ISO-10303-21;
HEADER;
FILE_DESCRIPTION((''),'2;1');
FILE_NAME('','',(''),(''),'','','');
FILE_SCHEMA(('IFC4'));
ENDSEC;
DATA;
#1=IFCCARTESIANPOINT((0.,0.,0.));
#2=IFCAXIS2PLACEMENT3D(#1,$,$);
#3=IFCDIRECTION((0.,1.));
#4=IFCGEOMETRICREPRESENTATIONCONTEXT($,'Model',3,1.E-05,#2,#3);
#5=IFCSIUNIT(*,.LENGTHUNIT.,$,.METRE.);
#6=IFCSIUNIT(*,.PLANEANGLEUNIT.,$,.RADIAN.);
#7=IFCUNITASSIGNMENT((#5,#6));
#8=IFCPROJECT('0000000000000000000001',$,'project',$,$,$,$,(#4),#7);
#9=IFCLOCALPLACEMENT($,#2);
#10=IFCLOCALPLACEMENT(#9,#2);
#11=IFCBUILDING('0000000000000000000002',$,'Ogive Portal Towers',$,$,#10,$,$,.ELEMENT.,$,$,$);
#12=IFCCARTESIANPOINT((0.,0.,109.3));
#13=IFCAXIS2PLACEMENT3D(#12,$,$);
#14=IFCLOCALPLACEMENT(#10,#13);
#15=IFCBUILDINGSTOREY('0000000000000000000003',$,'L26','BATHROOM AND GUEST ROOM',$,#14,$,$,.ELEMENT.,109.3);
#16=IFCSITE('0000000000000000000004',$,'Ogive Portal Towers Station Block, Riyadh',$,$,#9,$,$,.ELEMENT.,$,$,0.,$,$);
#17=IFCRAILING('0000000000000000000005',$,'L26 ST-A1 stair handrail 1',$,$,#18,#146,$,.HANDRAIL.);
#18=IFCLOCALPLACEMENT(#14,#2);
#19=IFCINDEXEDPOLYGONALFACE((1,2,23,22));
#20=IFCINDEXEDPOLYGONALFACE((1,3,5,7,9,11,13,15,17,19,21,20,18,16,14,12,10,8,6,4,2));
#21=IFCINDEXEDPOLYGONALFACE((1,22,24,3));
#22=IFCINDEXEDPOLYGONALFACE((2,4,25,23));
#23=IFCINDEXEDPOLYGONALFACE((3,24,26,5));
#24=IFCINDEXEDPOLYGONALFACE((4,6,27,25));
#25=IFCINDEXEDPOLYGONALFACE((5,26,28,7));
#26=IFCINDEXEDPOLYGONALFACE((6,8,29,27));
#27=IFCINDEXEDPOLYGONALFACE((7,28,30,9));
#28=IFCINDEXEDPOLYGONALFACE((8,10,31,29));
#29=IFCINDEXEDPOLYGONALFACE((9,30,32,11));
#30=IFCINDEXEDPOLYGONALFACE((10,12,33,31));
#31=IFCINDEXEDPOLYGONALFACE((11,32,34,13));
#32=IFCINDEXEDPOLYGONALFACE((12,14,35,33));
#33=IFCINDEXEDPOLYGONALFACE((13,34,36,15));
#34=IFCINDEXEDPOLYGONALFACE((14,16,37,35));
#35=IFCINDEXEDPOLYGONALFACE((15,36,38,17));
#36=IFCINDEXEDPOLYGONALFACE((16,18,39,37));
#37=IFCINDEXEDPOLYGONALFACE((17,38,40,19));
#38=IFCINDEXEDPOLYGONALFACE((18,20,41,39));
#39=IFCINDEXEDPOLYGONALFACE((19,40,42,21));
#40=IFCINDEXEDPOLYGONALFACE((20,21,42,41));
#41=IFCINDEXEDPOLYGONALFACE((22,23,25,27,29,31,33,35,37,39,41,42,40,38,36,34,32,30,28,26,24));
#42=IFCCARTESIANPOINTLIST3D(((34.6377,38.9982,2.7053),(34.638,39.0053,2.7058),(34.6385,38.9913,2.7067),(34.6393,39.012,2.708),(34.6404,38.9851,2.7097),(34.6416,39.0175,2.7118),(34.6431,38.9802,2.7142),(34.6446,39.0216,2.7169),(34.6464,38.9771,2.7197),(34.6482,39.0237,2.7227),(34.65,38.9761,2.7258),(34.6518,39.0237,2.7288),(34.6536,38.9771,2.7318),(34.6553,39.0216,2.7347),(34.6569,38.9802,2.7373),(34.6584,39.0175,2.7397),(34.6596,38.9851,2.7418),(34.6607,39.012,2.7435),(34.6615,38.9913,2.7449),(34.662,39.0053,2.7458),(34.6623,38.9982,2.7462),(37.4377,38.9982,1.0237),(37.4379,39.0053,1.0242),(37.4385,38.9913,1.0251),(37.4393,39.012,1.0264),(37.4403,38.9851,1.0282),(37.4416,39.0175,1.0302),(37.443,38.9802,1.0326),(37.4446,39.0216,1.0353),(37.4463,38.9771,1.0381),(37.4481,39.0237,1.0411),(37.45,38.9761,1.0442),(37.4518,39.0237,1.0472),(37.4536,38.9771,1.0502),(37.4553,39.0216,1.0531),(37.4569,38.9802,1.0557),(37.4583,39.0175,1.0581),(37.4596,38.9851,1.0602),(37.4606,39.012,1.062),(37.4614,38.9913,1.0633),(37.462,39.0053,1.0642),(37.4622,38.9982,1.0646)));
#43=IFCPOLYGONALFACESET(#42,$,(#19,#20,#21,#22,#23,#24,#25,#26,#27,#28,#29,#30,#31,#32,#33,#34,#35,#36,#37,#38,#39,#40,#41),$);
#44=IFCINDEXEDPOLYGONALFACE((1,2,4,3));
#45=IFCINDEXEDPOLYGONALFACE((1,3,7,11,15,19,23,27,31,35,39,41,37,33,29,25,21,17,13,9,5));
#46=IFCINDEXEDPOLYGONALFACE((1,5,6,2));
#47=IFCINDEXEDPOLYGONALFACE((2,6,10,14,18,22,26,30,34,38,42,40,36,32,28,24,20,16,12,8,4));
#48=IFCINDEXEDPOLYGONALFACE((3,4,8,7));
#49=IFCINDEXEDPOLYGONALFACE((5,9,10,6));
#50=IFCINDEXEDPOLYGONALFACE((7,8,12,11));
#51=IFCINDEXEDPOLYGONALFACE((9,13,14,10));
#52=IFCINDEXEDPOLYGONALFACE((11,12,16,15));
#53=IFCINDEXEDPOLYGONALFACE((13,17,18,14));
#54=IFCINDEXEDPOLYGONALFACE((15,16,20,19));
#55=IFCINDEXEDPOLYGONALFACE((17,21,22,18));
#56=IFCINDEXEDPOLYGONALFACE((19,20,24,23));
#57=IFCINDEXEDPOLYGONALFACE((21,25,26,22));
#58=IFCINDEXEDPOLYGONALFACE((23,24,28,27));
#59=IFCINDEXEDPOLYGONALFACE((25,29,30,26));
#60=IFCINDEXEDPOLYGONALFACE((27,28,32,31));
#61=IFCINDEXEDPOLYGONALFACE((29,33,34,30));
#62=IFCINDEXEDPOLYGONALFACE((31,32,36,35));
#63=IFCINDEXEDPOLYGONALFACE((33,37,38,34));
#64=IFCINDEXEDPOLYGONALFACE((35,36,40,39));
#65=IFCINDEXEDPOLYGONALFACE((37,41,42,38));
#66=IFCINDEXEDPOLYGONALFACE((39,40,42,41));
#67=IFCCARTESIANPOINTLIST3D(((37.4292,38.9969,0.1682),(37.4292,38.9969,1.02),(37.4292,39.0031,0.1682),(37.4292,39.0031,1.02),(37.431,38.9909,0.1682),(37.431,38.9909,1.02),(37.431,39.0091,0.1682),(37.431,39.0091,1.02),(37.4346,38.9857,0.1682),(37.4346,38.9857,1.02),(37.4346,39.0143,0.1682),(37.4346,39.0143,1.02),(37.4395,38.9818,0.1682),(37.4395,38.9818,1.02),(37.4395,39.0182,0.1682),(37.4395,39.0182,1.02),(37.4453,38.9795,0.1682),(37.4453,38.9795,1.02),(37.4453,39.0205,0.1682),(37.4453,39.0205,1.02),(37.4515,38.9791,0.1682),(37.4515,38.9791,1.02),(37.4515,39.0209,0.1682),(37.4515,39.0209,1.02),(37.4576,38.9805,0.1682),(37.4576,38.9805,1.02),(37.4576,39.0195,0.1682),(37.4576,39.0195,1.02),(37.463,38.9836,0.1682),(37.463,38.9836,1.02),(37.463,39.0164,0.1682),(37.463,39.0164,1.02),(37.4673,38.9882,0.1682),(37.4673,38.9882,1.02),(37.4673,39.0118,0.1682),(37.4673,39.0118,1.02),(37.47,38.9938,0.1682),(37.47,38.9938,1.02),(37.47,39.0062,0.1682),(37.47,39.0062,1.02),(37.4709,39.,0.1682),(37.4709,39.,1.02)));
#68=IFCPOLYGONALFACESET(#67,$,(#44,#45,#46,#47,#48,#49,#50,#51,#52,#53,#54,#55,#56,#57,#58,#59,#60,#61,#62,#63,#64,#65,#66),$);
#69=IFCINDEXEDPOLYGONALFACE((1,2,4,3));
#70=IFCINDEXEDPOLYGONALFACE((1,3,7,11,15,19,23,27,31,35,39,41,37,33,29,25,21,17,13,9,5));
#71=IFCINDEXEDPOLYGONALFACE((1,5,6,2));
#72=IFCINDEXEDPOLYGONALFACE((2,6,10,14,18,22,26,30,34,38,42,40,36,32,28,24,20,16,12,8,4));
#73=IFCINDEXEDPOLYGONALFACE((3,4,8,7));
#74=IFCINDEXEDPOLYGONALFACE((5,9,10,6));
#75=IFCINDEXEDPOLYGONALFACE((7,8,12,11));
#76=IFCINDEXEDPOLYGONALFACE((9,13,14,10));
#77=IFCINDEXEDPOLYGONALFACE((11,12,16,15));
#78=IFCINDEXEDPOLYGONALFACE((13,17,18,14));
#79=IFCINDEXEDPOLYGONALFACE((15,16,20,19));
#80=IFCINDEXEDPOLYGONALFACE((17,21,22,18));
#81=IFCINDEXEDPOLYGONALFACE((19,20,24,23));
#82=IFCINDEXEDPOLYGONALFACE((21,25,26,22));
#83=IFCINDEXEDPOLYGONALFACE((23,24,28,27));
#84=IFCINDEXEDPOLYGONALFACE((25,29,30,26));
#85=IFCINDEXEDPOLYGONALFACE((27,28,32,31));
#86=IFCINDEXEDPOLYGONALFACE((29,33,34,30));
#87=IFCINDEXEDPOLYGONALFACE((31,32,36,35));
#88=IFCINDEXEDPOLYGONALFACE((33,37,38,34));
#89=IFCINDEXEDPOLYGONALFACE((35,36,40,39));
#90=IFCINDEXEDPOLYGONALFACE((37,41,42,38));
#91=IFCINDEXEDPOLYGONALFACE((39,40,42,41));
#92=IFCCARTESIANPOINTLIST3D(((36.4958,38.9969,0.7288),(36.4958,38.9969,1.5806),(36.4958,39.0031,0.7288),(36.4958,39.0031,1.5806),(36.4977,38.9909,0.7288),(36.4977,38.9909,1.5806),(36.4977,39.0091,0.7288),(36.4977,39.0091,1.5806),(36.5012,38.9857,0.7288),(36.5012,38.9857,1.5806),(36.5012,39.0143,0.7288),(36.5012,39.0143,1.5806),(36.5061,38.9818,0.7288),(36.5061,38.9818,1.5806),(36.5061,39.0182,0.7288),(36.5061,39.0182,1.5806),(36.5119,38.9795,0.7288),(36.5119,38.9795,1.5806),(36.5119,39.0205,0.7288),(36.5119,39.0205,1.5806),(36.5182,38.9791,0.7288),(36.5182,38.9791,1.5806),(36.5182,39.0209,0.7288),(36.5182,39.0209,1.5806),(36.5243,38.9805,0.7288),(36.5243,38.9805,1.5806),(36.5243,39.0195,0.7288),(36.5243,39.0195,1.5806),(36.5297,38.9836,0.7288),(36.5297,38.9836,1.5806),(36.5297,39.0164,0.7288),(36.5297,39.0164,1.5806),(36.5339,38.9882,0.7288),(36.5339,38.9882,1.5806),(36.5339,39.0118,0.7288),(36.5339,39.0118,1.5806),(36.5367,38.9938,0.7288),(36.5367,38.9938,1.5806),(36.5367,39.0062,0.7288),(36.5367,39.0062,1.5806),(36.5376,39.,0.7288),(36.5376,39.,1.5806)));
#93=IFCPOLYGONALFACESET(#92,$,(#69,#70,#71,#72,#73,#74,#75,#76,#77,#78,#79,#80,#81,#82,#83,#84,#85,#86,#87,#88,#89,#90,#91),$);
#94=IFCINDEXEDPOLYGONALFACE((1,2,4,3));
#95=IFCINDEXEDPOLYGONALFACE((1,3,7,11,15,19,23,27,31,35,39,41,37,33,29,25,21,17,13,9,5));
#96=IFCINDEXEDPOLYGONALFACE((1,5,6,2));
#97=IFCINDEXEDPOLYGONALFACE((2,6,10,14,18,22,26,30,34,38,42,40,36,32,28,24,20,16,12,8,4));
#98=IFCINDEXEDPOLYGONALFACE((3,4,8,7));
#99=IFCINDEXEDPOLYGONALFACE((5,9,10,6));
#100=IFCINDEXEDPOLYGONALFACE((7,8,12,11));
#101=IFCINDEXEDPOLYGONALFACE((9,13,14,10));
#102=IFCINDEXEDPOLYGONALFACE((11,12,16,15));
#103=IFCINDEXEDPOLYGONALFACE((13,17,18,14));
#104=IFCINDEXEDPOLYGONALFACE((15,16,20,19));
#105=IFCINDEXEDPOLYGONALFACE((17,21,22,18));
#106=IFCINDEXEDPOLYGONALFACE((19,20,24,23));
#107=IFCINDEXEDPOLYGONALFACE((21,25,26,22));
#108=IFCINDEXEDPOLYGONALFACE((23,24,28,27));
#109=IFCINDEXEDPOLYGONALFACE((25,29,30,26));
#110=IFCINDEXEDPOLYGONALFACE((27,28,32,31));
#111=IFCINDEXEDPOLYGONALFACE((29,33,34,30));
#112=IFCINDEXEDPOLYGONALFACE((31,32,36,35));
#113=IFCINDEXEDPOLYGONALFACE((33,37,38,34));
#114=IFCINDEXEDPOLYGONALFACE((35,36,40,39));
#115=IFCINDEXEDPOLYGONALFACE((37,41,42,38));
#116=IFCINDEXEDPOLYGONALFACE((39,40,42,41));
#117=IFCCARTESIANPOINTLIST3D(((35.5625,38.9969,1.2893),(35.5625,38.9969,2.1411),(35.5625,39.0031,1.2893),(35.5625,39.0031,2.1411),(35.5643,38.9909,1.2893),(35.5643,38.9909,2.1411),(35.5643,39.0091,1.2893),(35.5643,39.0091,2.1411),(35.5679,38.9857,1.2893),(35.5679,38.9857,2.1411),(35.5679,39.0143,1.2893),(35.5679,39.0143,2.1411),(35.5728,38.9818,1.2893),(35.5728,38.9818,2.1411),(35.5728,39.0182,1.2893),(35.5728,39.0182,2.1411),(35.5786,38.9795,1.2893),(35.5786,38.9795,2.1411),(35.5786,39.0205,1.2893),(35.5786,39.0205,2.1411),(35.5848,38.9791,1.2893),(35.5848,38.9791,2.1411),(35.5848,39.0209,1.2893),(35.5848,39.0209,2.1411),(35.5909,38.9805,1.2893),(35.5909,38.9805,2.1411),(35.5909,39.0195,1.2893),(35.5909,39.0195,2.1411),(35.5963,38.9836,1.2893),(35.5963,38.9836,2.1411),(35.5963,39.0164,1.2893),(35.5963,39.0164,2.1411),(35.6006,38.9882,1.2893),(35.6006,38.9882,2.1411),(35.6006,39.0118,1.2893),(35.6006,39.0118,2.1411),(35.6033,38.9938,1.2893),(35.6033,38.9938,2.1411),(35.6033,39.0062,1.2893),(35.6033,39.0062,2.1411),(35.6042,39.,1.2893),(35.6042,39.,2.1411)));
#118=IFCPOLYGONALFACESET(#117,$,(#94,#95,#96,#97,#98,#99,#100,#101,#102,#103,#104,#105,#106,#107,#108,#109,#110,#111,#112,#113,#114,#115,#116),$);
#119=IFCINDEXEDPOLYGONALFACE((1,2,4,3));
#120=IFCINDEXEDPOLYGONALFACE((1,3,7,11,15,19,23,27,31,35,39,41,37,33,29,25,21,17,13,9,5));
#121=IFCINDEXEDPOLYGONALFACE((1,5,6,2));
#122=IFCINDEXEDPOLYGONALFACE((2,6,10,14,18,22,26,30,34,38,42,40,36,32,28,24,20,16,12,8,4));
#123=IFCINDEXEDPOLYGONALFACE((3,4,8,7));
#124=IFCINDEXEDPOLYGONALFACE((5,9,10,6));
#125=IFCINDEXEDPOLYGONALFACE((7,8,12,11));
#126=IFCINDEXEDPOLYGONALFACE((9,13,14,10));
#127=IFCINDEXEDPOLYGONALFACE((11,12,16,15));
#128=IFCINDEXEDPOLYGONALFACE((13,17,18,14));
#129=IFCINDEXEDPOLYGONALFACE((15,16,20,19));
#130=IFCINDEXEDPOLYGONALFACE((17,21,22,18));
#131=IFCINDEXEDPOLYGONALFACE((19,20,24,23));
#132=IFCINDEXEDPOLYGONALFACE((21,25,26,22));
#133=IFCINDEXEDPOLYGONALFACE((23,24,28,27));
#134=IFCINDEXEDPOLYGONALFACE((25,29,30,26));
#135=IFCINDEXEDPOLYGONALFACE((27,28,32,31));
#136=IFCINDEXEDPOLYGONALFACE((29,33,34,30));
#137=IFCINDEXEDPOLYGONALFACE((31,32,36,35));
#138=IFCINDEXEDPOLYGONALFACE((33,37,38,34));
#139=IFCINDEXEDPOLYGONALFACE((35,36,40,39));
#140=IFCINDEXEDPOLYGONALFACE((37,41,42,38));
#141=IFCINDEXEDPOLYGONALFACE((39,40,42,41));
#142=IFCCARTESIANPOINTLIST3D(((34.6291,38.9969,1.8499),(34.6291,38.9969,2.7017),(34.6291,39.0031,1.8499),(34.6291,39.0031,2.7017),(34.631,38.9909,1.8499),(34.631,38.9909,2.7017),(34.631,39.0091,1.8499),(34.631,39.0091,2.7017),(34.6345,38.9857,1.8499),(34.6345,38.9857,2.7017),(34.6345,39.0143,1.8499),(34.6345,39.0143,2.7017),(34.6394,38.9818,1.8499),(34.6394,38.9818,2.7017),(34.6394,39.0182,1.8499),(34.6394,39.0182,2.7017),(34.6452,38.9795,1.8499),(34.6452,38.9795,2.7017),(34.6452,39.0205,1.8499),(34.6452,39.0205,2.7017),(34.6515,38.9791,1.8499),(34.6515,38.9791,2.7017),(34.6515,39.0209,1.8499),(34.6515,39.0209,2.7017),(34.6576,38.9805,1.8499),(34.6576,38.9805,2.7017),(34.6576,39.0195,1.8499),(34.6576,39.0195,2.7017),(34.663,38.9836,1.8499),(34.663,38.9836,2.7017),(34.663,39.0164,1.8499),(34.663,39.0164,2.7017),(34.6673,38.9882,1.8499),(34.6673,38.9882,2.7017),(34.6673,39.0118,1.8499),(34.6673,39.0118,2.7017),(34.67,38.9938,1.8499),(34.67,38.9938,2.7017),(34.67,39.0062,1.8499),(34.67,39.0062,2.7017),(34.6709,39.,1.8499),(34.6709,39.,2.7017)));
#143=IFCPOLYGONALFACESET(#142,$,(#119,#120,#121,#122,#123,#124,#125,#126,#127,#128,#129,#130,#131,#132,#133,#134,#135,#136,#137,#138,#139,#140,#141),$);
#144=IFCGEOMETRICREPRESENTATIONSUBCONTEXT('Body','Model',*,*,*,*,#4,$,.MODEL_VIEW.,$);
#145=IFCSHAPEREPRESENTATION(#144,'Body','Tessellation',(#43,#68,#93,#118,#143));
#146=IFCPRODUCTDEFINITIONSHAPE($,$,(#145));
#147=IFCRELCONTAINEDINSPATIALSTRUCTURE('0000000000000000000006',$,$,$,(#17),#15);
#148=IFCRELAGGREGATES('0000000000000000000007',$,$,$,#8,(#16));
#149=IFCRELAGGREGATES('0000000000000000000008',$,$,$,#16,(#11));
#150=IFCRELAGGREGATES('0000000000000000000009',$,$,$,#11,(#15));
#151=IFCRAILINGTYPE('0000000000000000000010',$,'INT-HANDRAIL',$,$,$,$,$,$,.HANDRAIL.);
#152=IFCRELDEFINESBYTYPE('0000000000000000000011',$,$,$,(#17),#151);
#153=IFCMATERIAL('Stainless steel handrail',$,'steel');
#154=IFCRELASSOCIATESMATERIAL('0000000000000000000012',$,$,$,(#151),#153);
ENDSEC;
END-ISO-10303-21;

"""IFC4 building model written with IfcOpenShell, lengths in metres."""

from ifc_helpers import new_model, si_unit, direction, frame, origin, origin_2d, place, context, subcontext, project, spatial, circle, extrude, material, type_object, element, save


model = new_model("IFC4")

# Units and contexts
model_context = context("Model", 3, precision=1e-05, world=origin(), true_north=direction((0.0, 1.0)))
body_context = subcontext(model_context, "Body", "Model", "MODEL_VIEW")
ifc_project = project(units=[si_unit("LENGTHUNIT", "METRE"), si_unit("PLANEANGLEUNIT", "RADIAN")], contexts=[model_context])

# Site, building, storey
site_placement = place(None, origin())
site = spatial("IfcSite", under=ifc_project, at=site_placement, Name="Ogive Portal Towers Station Block, Riyadh", CompositionType="ELEMENT", RefElevation=0.0)
building_placement = place(site_placement, origin())
building = spatial("IfcBuilding", under=site, at=building_placement, Name="Ogive Portal Towers", CompositionType="ELEMENT")
storey_placement = place(building_placement, frame((0.0, 0.0, 109.3)))
storey = spatial("IfcBuildingStorey", under=building, at=storey_placement, Name="L26", Description="BATHROOM AND GUEST ROOM", CompositionType="ELEMENT", Elevation=109.3)

# Railing
ifc_material_1 = material(Name="Stainless steel handrail", Category="steel")
railing_type_1 = type_object("IfcRailingType", Name="INT-HANDRAIL", PredefinedType="HANDRAIL", material=ifc_material_1)
railing_1_placement = place(storey_placement, frame((37.45, 39.0, 0.1682)))
element("IfcRailing", 1, at=railing_1_placement, inside=storey, type_object=railing_type_1, Name="L26 ST-A1 stair handrail 1", PredefinedType="HANDRAIL", context=body_context, shape_type="SweptSolid", body=[
    extrude(circle(Radius=0.0239, at=origin_2d()), frame((0.0, 0.0, 0.876), z_axis=(-0.857275, 0.0, 0.514858), x_axis=(0.0, -1.0, 0.0)), (0.0, 0.0, 1.0), 3.2661),
    extrude(circle(Radius=0.021, at=origin_2d()), origin(), (0.0, 0.0, 1.0), 0.8518),
    extrude(circle(Radius=0.021, at=origin_2d()), frame((-0.9333, 0.0, 0.5605)), (0.0, 0.0, 1.0), 0.8518),
    extrude(circle(Radius=0.021, at=origin_2d()), frame((-1.8667, 0.0, 1.1211)), (0.0, 0.0, 1.0), 0.8518),
    extrude(circle(Radius=0.021, at=origin_2d()), frame((-2.8, 0.0, 1.6816)), (0.0, 0.0, 1.0), 0.8518),
])

save(model, "model.ifc")
